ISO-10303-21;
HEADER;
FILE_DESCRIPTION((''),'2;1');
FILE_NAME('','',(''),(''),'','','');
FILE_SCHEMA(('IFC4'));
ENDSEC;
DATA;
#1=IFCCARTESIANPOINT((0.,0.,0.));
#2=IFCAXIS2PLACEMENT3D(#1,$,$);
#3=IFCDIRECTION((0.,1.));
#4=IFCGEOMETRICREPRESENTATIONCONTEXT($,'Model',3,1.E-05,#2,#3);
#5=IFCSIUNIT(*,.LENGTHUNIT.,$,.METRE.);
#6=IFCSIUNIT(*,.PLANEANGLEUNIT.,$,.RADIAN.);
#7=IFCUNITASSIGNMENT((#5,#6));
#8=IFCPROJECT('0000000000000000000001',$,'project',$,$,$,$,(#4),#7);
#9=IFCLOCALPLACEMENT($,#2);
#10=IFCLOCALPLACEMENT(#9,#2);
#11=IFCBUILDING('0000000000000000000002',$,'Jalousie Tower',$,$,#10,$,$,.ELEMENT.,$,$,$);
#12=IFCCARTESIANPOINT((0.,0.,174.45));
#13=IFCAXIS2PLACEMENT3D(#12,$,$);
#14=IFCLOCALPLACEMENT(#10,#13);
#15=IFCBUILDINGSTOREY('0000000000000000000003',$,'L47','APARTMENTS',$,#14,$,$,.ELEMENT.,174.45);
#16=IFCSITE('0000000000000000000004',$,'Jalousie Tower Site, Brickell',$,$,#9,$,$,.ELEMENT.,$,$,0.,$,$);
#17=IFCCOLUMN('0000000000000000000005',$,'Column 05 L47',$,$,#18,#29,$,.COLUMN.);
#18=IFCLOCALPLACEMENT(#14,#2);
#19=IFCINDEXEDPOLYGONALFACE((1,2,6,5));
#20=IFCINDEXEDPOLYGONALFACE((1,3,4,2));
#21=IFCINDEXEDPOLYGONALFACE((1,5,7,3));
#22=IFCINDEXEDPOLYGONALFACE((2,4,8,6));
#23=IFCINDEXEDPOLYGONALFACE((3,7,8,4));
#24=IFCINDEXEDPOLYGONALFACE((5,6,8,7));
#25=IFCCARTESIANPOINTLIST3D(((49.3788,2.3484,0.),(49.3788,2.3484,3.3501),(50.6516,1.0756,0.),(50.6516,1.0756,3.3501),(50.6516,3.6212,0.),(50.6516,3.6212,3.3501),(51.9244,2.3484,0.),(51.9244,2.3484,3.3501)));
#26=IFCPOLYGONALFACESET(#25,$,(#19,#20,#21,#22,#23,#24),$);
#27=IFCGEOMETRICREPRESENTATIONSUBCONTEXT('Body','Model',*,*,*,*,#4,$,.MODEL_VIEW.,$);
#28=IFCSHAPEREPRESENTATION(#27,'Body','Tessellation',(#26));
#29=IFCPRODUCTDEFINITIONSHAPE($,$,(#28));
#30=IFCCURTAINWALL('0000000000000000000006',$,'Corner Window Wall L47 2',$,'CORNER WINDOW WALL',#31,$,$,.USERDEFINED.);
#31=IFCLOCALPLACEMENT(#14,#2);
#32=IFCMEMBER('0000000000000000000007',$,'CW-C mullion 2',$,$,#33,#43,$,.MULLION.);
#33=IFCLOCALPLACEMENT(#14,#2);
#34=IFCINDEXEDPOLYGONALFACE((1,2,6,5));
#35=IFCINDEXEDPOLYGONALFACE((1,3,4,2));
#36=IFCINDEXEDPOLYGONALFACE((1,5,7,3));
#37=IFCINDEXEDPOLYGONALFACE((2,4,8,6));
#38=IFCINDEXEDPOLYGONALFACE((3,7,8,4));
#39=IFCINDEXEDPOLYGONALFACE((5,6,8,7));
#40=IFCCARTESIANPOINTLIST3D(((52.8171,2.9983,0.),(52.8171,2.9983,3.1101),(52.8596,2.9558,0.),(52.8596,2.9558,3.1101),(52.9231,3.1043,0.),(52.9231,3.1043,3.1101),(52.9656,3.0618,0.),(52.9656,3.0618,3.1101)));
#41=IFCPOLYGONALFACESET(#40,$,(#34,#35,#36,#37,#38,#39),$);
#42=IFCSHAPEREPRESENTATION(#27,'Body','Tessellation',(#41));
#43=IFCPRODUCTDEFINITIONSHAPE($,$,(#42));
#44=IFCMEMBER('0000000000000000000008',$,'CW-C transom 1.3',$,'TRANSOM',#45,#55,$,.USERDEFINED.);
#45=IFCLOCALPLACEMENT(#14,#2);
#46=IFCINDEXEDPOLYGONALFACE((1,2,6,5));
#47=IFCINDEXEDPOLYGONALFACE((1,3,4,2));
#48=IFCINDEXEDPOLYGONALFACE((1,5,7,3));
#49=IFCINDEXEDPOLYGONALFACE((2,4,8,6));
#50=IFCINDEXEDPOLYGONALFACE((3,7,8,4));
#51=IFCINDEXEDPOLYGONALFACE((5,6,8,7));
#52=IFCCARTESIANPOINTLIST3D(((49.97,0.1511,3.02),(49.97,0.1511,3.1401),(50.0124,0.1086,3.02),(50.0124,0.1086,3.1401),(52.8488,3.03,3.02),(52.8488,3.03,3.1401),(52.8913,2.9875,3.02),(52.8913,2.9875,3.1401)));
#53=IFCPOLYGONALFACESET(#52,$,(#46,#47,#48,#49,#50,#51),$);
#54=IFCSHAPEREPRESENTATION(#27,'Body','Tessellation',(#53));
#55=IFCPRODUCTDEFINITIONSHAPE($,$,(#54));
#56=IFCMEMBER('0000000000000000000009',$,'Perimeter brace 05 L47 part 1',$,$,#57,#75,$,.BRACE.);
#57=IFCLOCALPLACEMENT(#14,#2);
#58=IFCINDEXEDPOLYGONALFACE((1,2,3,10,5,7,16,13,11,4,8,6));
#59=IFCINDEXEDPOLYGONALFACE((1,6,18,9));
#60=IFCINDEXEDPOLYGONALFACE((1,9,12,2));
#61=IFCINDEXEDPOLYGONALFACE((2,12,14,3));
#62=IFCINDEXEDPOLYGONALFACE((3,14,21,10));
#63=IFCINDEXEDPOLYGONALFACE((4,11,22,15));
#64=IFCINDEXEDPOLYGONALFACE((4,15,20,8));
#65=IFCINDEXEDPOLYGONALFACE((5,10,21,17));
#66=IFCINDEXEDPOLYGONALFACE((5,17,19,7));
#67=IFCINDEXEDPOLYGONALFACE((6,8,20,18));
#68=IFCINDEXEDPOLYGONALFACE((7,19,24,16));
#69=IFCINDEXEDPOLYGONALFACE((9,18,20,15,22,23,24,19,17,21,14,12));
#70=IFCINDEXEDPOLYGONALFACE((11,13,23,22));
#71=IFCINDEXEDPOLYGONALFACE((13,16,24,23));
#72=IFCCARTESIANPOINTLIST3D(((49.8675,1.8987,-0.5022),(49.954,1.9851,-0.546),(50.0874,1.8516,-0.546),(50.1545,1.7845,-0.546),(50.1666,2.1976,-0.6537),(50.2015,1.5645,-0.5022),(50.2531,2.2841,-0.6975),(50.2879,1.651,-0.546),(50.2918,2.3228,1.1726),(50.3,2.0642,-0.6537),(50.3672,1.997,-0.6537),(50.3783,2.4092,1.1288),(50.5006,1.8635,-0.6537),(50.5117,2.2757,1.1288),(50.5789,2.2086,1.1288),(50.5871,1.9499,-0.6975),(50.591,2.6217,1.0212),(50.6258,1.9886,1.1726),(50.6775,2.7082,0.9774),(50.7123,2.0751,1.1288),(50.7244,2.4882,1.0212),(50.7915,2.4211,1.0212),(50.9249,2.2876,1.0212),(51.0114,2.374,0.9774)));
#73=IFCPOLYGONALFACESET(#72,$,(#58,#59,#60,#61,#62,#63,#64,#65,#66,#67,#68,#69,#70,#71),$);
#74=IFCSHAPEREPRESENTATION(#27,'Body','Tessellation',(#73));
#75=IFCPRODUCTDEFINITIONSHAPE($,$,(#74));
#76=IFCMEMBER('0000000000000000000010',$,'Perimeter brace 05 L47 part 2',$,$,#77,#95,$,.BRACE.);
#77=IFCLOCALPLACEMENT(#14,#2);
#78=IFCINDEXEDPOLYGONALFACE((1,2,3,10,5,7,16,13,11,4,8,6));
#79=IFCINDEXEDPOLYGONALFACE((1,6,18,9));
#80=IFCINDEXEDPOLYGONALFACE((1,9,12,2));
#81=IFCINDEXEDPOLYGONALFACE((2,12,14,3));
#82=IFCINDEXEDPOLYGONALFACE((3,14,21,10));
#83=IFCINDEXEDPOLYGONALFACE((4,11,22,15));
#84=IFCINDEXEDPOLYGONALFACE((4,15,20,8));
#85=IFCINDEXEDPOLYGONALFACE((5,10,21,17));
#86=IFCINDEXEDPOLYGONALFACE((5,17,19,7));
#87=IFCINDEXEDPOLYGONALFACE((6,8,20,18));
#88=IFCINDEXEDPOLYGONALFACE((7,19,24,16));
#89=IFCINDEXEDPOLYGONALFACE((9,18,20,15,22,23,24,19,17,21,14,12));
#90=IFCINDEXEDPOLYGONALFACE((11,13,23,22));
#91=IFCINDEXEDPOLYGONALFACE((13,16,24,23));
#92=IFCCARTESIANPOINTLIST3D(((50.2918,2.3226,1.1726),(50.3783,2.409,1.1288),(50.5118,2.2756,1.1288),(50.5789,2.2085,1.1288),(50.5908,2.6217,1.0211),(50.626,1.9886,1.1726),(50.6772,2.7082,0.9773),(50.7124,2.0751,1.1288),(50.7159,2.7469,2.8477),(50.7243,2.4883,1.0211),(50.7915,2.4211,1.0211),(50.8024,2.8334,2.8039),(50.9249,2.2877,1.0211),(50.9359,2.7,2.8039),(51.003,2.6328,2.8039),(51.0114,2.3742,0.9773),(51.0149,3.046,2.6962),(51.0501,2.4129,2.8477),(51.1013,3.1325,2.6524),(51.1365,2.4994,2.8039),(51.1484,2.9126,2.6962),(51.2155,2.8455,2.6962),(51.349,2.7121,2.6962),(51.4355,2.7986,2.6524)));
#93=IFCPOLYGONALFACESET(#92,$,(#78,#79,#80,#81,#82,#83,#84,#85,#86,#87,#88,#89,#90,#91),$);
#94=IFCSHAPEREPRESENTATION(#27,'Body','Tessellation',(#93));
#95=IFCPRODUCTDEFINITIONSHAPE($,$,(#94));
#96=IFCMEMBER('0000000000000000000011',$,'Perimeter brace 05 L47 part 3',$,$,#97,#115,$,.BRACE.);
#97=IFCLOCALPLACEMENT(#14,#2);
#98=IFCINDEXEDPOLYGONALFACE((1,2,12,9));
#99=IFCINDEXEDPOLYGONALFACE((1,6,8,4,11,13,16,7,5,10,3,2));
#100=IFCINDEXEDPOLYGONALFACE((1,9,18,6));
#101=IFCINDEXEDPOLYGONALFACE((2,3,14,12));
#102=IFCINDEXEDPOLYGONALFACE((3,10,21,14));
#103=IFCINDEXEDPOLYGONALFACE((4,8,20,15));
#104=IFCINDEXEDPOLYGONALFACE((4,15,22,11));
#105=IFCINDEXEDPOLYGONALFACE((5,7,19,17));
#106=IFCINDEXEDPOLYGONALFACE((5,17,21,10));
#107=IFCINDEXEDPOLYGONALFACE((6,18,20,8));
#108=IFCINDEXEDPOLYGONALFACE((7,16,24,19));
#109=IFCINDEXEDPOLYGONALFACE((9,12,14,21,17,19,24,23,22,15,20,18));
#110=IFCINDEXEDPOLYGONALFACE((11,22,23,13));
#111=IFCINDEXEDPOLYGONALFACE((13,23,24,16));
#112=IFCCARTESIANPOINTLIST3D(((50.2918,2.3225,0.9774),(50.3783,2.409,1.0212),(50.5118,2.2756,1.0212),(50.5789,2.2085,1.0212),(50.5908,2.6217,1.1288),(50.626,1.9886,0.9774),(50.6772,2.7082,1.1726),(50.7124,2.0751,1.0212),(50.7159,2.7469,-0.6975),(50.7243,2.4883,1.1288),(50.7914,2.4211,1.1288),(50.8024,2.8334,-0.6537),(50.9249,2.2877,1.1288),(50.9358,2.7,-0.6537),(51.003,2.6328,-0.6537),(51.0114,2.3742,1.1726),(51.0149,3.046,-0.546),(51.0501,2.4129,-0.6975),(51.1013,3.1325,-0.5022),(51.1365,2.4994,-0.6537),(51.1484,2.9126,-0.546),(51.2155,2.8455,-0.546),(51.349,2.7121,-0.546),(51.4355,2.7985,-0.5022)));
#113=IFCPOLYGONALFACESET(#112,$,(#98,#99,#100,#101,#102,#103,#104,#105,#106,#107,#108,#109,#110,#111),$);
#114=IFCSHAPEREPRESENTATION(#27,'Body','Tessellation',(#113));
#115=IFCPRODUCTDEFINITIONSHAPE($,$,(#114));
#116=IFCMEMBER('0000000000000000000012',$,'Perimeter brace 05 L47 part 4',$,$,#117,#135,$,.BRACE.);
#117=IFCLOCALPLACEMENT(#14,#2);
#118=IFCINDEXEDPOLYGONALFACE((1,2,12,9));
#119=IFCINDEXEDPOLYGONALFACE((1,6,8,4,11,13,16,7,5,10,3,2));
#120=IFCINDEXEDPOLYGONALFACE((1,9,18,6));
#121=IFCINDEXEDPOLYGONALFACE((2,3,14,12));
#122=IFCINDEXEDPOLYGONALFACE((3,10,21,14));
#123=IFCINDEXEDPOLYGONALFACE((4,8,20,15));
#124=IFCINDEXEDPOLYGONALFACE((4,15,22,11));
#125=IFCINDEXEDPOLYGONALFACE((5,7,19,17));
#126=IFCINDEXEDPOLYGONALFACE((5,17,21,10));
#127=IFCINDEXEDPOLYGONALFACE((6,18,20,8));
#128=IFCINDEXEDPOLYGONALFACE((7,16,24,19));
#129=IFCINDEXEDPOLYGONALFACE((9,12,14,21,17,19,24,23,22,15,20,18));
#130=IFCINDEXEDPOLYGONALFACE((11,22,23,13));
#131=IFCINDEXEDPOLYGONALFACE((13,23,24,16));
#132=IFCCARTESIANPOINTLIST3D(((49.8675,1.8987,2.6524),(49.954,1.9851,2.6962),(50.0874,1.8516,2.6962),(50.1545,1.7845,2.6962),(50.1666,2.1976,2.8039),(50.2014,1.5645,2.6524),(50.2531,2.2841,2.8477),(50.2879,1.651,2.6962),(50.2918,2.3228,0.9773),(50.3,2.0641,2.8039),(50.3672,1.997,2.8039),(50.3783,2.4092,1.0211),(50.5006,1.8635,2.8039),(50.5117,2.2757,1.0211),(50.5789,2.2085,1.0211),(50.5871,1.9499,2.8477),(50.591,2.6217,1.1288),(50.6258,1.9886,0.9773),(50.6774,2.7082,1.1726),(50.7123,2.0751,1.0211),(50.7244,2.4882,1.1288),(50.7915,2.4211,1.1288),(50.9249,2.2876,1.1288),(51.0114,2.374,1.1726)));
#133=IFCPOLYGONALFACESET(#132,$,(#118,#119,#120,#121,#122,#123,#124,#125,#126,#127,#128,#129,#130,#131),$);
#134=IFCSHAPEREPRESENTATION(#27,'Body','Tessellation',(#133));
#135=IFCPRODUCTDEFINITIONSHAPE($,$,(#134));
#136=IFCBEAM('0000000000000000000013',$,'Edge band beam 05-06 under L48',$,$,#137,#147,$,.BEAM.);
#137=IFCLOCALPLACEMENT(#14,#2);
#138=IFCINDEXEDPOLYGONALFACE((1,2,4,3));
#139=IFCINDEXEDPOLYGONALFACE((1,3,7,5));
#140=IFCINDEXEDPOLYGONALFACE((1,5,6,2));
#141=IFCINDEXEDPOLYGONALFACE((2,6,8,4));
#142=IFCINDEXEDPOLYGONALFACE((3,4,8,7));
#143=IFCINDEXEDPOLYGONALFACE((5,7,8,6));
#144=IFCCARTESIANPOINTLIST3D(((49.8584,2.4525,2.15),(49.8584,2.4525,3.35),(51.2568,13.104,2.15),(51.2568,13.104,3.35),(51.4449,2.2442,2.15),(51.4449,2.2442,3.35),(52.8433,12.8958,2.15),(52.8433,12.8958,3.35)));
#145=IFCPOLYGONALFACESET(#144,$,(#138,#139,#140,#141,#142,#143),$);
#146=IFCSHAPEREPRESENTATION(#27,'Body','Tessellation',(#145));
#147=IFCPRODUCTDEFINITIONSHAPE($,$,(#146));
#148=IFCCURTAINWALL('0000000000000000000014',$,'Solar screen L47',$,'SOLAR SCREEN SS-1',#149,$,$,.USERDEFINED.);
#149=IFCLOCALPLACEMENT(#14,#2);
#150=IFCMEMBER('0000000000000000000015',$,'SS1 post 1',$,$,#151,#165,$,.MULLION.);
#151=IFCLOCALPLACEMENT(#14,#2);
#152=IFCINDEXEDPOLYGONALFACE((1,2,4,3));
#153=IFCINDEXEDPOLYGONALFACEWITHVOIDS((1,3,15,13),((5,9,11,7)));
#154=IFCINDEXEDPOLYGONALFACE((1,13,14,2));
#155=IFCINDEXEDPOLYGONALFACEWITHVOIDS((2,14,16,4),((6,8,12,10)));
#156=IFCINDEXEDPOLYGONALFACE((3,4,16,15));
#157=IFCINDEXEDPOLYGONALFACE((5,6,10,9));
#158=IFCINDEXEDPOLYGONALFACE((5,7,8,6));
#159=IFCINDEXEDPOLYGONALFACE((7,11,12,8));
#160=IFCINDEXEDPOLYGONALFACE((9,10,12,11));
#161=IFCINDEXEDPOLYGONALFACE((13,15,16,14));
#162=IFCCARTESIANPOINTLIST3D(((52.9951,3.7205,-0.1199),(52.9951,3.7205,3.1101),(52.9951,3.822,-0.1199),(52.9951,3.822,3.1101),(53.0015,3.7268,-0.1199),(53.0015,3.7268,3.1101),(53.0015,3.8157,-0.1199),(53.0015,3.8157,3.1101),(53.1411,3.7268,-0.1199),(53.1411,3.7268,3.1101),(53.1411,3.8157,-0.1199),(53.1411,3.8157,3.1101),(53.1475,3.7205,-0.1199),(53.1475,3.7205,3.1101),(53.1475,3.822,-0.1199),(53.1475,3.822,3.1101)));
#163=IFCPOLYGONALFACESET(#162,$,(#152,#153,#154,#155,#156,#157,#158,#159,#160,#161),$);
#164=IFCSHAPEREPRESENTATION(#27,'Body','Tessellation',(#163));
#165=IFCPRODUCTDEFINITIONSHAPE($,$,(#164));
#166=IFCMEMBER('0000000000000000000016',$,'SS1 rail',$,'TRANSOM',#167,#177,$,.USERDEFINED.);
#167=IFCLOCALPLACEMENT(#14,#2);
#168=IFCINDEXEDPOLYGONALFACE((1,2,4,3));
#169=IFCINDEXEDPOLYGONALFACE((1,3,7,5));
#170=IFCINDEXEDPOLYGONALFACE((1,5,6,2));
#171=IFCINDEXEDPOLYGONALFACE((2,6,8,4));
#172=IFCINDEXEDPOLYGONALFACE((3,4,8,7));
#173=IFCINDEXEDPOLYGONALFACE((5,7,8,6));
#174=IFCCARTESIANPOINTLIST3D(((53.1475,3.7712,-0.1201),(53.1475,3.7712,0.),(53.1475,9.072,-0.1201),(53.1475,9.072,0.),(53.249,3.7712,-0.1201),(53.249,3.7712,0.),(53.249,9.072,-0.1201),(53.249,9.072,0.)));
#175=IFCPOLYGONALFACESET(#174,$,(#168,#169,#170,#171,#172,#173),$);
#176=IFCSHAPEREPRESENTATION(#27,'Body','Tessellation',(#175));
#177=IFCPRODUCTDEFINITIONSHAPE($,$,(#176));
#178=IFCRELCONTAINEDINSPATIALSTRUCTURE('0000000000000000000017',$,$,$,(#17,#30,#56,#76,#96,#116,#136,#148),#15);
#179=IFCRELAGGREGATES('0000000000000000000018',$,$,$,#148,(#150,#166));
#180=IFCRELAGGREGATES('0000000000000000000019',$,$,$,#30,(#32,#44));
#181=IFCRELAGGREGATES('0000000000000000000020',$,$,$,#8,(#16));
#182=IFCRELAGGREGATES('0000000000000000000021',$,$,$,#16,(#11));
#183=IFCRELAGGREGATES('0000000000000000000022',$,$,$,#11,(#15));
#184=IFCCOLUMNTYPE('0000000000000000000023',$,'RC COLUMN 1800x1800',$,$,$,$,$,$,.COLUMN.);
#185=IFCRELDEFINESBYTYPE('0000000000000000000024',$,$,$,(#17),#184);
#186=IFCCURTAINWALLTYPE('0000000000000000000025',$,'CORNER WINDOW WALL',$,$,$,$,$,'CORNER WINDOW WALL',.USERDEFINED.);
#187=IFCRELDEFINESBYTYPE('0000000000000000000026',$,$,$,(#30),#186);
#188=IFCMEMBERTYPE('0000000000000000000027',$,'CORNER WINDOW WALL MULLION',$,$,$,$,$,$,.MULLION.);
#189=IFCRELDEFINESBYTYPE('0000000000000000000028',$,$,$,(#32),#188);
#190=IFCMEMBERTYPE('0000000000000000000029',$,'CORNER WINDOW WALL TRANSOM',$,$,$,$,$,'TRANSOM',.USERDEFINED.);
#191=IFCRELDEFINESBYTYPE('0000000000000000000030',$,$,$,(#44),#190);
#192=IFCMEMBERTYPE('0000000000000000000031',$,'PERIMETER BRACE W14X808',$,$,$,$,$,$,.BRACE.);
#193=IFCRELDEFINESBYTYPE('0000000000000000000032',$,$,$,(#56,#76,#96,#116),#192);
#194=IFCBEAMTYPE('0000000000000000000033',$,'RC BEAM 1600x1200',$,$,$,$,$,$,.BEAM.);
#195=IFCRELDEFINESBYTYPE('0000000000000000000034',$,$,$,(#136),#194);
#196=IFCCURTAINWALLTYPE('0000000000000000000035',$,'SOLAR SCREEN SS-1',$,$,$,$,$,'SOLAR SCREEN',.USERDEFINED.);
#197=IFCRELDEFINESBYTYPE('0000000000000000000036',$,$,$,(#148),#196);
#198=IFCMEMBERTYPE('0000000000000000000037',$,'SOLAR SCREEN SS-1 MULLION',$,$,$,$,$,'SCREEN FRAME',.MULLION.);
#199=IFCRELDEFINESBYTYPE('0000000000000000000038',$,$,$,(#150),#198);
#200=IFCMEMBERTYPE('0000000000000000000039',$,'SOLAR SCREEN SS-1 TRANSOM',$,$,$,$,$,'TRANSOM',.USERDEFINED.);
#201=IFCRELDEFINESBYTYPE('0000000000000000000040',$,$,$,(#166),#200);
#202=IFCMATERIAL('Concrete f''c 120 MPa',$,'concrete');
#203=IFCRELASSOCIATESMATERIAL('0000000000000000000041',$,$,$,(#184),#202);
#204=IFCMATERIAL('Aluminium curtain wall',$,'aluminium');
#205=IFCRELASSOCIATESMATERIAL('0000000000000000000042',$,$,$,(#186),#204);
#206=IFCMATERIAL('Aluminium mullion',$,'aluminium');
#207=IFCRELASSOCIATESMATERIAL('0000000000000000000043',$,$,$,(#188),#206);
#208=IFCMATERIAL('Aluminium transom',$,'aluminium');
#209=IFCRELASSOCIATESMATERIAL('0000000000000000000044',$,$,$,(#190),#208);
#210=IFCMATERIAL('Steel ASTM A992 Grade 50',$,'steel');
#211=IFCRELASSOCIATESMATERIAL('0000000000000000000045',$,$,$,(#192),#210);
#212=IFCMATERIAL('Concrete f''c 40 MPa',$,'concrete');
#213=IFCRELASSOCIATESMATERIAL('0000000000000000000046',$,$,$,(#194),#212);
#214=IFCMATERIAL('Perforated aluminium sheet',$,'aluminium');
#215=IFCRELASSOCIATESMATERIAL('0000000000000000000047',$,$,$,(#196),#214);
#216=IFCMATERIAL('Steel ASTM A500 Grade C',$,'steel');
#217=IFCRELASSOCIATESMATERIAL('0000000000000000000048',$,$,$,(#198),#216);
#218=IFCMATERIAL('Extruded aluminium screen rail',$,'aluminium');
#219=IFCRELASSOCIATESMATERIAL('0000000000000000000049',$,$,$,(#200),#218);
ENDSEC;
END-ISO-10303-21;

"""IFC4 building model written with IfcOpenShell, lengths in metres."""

from ifc_helpers import new_model, si_unit, direction, frame, origin, origin_2d, place, context, subcontext, project, spatial, rectangle, hollow_rectangle, i_section, extrude, material, material_profile, profile_set, type_object, element, aggregate, save


model = new_model("IFC4")

# Units and contexts
model_context = context("Model", 3, precision=1e-05, world=origin(), true_north=direction((0.0, 1.0)))
body_context = subcontext(model_context, "Body", "Model", "MODEL_VIEW")
ifc_project = project(units=[si_unit("LENGTHUNIT", "METRE"), si_unit("PLANEANGLEUNIT", "RADIAN")], contexts=[model_context])

# Site, building, storey
site_placement = place(None, origin())
site = spatial("IfcSite", under=ifc_project, at=site_placement, Name="Jalousie Tower Site, Brickell", CompositionType="ELEMENT", RefElevation=0.0)
building_placement = place(site_placement, origin())
building = spatial("IfcBuilding", under=site, at=building_placement, Name="Jalousie Tower", CompositionType="ELEMENT")
storey_placement = place(building_placement, frame((0.0, 0.0, 174.45)))
storey = spatial("IfcBuildingStorey", under=building, at=storey_placement, Name="L47", Description="APARTMENTS", CompositionType="ELEMENT", Elevation=174.45)

# Column
ifc_material_1 = material(Name="Concrete f'c 120 MPa", Category="concrete")
ifc_material_profile_1 = material_profile(ifc_material_1, rectangle(XDim=1.8, YDim=1.8, at=origin_2d()), Name="RC 1800x1800")
ifc_profile_set_1 = profile_set([ifc_material_profile_1], Name="Concrete f'c 120 MPa")
column_type = type_object("IfcColumnType", Name="RC COLUMN 1800x1800", PredefinedType="COLUMN", material=ifc_profile_set_1)
column_placement = place(storey_placement, frame((50.6516, 2.3484, 0.0), z_axis=(0.0, 0.0, 1.0), x_axis=(0.707107, 0.707107, 0.0)))
element("IfcColumn", 1, at=column_placement, inside=storey, type_object=column_type, Name="Column 05 L47", PredefinedType="COLUMN", context=body_context, shape_type="SweptSolid", body=[
    extrude(rectangle(XDim=1.8, YDim=1.8, at=origin_2d()), origin(), (0.0, 0.0, 1.0), 3.3501),
])

# Curtain wall, members
ifc_material_2 = material(Name="Aluminium curtain wall", Category="aluminium")
curtain_wall_type_1 = type_object("IfcCurtainWallType", Name="CORNER WINDOW WALL", ElementType="CORNER WINDOW WALL", PredefinedType="USERDEFINED", material=ifc_material_2)
curtain_wall_1_placement = place(storey_placement, origin())
curtain_wall_1 = element("IfcCurtainWall", 2, at=curtain_wall_1_placement, inside=storey, type_object=curtain_wall_type_1, Name="Corner Window Wall L47 2", ObjectType="CORNER WINDOW WALL", PredefinedType="USERDEFINED")
ifc_material_3 = material(Name="Aluminium mullion", Category="aluminium")
ifc_material_profile_2 = material_profile(ifc_material_3, rectangle(XDim=0.0601, YDim=0.1499, at=origin_2d()), Name="MULLION 60x150")
ifc_profile_set_2 = profile_set([ifc_material_profile_2], Name="Aluminium mullion")
member_type_1 = type_object("IfcMemberType", Name="CORNER WINDOW WALL MULLION", PredefinedType="MULLION", material=ifc_profile_set_2)
member_1_placement = place(storey_placement, frame((52.8914, 3.03, 0.0), z_axis=(0.0, 0.0, 1.0), x_axis=(-0.707107, 0.707107, 0.0)))
member_1 = element("IfcMember", 3, at=member_1_placement, type_object=member_type_1, Name="CW-C mullion 2", PredefinedType="MULLION", context=body_context, shape_type="SweptSolid", body=[
    extrude(rectangle(XDim=0.0601, YDim=0.1499, at=origin_2d()), origin(), (0.0, 0.0, 1.0), 3.1101),
])
ifc_material_4 = material(Name="Aluminium transom", Category="aluminium")
ifc_material_profile_3 = material_profile(ifc_material_4, rectangle(XDim=0.0601, YDim=0.1201, at=origin_2d()), Name="TRANSOM 60x120")
ifc_profile_set_3 = profile_set([ifc_material_profile_3], Name="Aluminium transom")
member_type_2 = type_object("IfcMemberType", Name="CORNER WINDOW WALL TRANSOM", ElementType="TRANSOM", PredefinedType="USERDEFINED", material=ifc_profile_set_3)
member_2_placement = place(storey_placement, frame((49.9912, 0.1299, 3.0801), z_axis=(0.707107, 0.707107, 0.0), x_axis=(-0.707107, 0.707107, 0.0)))
member_2 = element("IfcMember", 4, at=member_2_placement, type_object=member_type_2, Name="CW-C transom 1.3", ObjectType="TRANSOM", PredefinedType="USERDEFINED", context=body_context, shape_type="SweptSolid", body=[
    extrude(rectangle(XDim=0.0601, YDim=0.1201, at=origin_2d()), origin(), (0.0, 0.0, 1.0), 4.0713),
])

# Members
ifc_material_5 = material(Name="Steel ASTM A992 Grade 50", Category="steel")
ifc_material_profile_4 = material_profile(ifc_material_5, i_section(OverallWidth=0.4724, OverallDepth=0.5791, WebThickness=0.095, FlangeThickness=0.1299, at=origin_2d()), Name="W14X808")
ifc_profile_set_4 = profile_set([ifc_material_profile_4], Name="Steel ASTM A992 Grade 50")
member_type_3 = type_object("IfcMemberType", Name="PERIMETER BRACE W14X808", PredefinedType="BRACE", material=ifc_profile_set_4)
member_3_placement = place(storey_placement, frame((50.2273, 1.9243, -0.5999), z_axis=(0.238514, 0.238376, 0.941429), x_axis=(-0.706903, 0.70731, 0.0)))
element("IfcMember", 5, at=member_3_placement, inside=storey, type_object=member_type_3, Name="Perimeter brace 05 L47 part 1", PredefinedType="BRACE", context=body_context, shape_type="SweptSolid", body=[
    extrude(i_section(OverallWidth=0.4724, OverallDepth=0.5791, WebThickness=0.095, FlangeThickness=0.1299, at=origin_2d()), origin(), (0.0, 0.0, 1.0), 1.7791),
])
member_4_placement = place(storey_placement, frame((50.6516, 2.3484, 1.075), z_axis=(0.238346, 0.238483, 0.941444), x_axis=(-0.70731, 0.706903, 0.0)))
element("IfcMember", 6, at=member_4_placement, inside=storey, type_object=member_type_3, Name="Perimeter brace 05 L47 part 2", PredefinedType="BRACE", context=body_context, shape_type="SweptSolid", body=[
    extrude(i_section(OverallWidth=0.4724, OverallDepth=0.5791, WebThickness=0.095, FlangeThickness=0.1299, at=origin_2d()), origin(), (0.0, 0.0, 1.0), 1.7793),
])
member_5_placement = place(storey_placement, frame((51.0757, 2.7727, -0.5999), z_axis=(-0.238376, -0.238514, 0.941429), x_axis=(0.70731, -0.706903, 0.0)))
element("IfcMember", 7, at=member_5_placement, inside=storey, type_object=member_type_3, Name="Perimeter brace 05 L47 part 3", PredefinedType="BRACE", context=body_context, shape_type="SweptSolid", body=[
    extrude(i_section(OverallWidth=0.4724, OverallDepth=0.5791, WebThickness=0.095, FlangeThickness=0.1299, at=origin_2d()), origin(), (0.0, 0.0, 1.0), 1.7791),
])
member_6_placement = place(storey_placement, frame((50.6516, 2.3484, 1.075), z_axis=(-0.238483, -0.238346, 0.941444), x_axis=(0.706903, -0.70731, 0.0)))
element("IfcMember", 8, at=member_6_placement, inside=storey, type_object=member_type_3, Name="Perimeter brace 05 L47 part 4", PredefinedType="BRACE", context=body_context, shape_type="SweptSolid", body=[
    extrude(i_section(OverallWidth=0.4724, OverallDepth=0.5791, WebThickness=0.095, FlangeThickness=0.1299, at=origin_2d()), origin(), (0.0, 0.0, 1.0), 1.7793),
])

# Beam
ifc_material_6 = material(Name="Concrete f'c 40 MPa", Category="concrete")
ifc_material_profile_5 = material_profile(ifc_material_6, rectangle(XDim=1.6001, YDim=1.2, at=origin_2d()), Name="RC 1600x1200")
ifc_profile_set_5 = profile_set([ifc_material_profile_5], Name="Concrete f'c 40 MPa")
beam_type = type_object("IfcBeamType", Name="RC BEAM 1600x1200", PredefinedType="BEAM", material=ifc_profile_set_5)
beam_placement = place(storey_placement, frame((50.6516, 2.3484, 2.75), z_axis=(0.130172, 0.991491, 0.0), x_axis=(-0.991491, 0.130172, 0.0)))
element("IfcBeam", 9, at=beam_placement, inside=storey, type_object=beam_type, Name="Edge band beam 05-06 under L48", PredefinedType="BEAM", context=body_context, shape_type="SweptSolid", body=[
    extrude(rectangle(XDim=1.6001, YDim=1.2, at=origin_2d()), origin(), (0.0, 0.0, 1.0), 10.7429),
])

# Curtain wall, members
ifc_material_7 = material(Name="Perforated aluminium sheet", Category="aluminium")
curtain_wall_type_2 = type_object("IfcCurtainWallType", Name="SOLAR SCREEN SS-1", ElementType="SOLAR SCREEN", PredefinedType="USERDEFINED", material=ifc_material_7)
curtain_wall_2_placement = place(storey_placement, origin())
curtain_wall_2 = element("IfcCurtainWall", 10, at=curtain_wall_2_placement, inside=storey, type_object=curtain_wall_type_2, Name="Solar screen L47", ObjectType="SOLAR SCREEN SS-1", PredefinedType="USERDEFINED")
ifc_material_8 = material(Name="Steel ASTM A500 Grade C", Category="steel")
ifc_material_profile_6 = material_profile(ifc_material_8, hollow_rectangle(XDim=0.1016, YDim=0.1523, WallThickness=0.0063, at=origin_2d()), Name="HSS6X4X1/4")
ifc_profile_set_6 = profile_set([ifc_material_profile_6], Name="Steel ASTM A500 Grade C")
member_type_4 = type_object("IfcMemberType", Name="SOLAR SCREEN SS-1 MULLION", ElementType="SCREEN FRAME", PredefinedType="MULLION", material=ifc_profile_set_6)
member_7_placement = place(storey_placement, frame((53.0713, 3.7712, -0.1199), z_axis=(0.0, 0.0, 1.0), x_axis=(0.0, 1.0, 0.0)))
member_7 = element("IfcMember", 11, at=member_7_placement, type_object=member_type_4, Name="SS1 post 1", PredefinedType="MULLION", context=body_context, shape_type="SweptSolid", body=[
    extrude(hollow_rectangle(XDim=0.1016, YDim=0.1523, WallThickness=0.0063, at=origin_2d()), origin(), (0.0, 0.0, 1.0), 3.23),
])
ifc_material_9 = material(Name="Extruded aluminium screen rail", Category="aluminium")
ifc_material_profile_7 = material_profile(ifc_material_9, rectangle(XDim=0.1016, YDim=0.1201, at=origin_2d()), Name="RAIL 102x120")
ifc_profile_set_7 = profile_set([ifc_material_profile_7], Name="Extruded aluminium screen rail")
member_type_5 = type_object("IfcMemberType", Name="SOLAR SCREEN SS-1 TRANSOM", ElementType="TRANSOM", PredefinedType="USERDEFINED", material=ifc_profile_set_7)
member_8_placement = place(storey_placement, frame((53.1982, 3.7712, -0.0601), z_axis=(0.0, 1.0, 0.0), x_axis=(-1.0, 0.0, 0.0)))
member_8 = element("IfcMember", 12, at=member_8_placement, type_object=member_type_5, Name="SS1 rail", ObjectType="TRANSOM", PredefinedType="USERDEFINED", context=body_context, shape_type="SweptSolid", body=[
    extrude(rectangle(XDim=0.1016, YDim=0.1201, at=origin_2d()), origin(), (0.0, 0.0, 1.0), 5.3008),
])
aggregate(curtain_wall_2, [member_7, member_8])

aggregate(curtain_wall_1, [member_1, member_2])

save(model, "model.ifc")
